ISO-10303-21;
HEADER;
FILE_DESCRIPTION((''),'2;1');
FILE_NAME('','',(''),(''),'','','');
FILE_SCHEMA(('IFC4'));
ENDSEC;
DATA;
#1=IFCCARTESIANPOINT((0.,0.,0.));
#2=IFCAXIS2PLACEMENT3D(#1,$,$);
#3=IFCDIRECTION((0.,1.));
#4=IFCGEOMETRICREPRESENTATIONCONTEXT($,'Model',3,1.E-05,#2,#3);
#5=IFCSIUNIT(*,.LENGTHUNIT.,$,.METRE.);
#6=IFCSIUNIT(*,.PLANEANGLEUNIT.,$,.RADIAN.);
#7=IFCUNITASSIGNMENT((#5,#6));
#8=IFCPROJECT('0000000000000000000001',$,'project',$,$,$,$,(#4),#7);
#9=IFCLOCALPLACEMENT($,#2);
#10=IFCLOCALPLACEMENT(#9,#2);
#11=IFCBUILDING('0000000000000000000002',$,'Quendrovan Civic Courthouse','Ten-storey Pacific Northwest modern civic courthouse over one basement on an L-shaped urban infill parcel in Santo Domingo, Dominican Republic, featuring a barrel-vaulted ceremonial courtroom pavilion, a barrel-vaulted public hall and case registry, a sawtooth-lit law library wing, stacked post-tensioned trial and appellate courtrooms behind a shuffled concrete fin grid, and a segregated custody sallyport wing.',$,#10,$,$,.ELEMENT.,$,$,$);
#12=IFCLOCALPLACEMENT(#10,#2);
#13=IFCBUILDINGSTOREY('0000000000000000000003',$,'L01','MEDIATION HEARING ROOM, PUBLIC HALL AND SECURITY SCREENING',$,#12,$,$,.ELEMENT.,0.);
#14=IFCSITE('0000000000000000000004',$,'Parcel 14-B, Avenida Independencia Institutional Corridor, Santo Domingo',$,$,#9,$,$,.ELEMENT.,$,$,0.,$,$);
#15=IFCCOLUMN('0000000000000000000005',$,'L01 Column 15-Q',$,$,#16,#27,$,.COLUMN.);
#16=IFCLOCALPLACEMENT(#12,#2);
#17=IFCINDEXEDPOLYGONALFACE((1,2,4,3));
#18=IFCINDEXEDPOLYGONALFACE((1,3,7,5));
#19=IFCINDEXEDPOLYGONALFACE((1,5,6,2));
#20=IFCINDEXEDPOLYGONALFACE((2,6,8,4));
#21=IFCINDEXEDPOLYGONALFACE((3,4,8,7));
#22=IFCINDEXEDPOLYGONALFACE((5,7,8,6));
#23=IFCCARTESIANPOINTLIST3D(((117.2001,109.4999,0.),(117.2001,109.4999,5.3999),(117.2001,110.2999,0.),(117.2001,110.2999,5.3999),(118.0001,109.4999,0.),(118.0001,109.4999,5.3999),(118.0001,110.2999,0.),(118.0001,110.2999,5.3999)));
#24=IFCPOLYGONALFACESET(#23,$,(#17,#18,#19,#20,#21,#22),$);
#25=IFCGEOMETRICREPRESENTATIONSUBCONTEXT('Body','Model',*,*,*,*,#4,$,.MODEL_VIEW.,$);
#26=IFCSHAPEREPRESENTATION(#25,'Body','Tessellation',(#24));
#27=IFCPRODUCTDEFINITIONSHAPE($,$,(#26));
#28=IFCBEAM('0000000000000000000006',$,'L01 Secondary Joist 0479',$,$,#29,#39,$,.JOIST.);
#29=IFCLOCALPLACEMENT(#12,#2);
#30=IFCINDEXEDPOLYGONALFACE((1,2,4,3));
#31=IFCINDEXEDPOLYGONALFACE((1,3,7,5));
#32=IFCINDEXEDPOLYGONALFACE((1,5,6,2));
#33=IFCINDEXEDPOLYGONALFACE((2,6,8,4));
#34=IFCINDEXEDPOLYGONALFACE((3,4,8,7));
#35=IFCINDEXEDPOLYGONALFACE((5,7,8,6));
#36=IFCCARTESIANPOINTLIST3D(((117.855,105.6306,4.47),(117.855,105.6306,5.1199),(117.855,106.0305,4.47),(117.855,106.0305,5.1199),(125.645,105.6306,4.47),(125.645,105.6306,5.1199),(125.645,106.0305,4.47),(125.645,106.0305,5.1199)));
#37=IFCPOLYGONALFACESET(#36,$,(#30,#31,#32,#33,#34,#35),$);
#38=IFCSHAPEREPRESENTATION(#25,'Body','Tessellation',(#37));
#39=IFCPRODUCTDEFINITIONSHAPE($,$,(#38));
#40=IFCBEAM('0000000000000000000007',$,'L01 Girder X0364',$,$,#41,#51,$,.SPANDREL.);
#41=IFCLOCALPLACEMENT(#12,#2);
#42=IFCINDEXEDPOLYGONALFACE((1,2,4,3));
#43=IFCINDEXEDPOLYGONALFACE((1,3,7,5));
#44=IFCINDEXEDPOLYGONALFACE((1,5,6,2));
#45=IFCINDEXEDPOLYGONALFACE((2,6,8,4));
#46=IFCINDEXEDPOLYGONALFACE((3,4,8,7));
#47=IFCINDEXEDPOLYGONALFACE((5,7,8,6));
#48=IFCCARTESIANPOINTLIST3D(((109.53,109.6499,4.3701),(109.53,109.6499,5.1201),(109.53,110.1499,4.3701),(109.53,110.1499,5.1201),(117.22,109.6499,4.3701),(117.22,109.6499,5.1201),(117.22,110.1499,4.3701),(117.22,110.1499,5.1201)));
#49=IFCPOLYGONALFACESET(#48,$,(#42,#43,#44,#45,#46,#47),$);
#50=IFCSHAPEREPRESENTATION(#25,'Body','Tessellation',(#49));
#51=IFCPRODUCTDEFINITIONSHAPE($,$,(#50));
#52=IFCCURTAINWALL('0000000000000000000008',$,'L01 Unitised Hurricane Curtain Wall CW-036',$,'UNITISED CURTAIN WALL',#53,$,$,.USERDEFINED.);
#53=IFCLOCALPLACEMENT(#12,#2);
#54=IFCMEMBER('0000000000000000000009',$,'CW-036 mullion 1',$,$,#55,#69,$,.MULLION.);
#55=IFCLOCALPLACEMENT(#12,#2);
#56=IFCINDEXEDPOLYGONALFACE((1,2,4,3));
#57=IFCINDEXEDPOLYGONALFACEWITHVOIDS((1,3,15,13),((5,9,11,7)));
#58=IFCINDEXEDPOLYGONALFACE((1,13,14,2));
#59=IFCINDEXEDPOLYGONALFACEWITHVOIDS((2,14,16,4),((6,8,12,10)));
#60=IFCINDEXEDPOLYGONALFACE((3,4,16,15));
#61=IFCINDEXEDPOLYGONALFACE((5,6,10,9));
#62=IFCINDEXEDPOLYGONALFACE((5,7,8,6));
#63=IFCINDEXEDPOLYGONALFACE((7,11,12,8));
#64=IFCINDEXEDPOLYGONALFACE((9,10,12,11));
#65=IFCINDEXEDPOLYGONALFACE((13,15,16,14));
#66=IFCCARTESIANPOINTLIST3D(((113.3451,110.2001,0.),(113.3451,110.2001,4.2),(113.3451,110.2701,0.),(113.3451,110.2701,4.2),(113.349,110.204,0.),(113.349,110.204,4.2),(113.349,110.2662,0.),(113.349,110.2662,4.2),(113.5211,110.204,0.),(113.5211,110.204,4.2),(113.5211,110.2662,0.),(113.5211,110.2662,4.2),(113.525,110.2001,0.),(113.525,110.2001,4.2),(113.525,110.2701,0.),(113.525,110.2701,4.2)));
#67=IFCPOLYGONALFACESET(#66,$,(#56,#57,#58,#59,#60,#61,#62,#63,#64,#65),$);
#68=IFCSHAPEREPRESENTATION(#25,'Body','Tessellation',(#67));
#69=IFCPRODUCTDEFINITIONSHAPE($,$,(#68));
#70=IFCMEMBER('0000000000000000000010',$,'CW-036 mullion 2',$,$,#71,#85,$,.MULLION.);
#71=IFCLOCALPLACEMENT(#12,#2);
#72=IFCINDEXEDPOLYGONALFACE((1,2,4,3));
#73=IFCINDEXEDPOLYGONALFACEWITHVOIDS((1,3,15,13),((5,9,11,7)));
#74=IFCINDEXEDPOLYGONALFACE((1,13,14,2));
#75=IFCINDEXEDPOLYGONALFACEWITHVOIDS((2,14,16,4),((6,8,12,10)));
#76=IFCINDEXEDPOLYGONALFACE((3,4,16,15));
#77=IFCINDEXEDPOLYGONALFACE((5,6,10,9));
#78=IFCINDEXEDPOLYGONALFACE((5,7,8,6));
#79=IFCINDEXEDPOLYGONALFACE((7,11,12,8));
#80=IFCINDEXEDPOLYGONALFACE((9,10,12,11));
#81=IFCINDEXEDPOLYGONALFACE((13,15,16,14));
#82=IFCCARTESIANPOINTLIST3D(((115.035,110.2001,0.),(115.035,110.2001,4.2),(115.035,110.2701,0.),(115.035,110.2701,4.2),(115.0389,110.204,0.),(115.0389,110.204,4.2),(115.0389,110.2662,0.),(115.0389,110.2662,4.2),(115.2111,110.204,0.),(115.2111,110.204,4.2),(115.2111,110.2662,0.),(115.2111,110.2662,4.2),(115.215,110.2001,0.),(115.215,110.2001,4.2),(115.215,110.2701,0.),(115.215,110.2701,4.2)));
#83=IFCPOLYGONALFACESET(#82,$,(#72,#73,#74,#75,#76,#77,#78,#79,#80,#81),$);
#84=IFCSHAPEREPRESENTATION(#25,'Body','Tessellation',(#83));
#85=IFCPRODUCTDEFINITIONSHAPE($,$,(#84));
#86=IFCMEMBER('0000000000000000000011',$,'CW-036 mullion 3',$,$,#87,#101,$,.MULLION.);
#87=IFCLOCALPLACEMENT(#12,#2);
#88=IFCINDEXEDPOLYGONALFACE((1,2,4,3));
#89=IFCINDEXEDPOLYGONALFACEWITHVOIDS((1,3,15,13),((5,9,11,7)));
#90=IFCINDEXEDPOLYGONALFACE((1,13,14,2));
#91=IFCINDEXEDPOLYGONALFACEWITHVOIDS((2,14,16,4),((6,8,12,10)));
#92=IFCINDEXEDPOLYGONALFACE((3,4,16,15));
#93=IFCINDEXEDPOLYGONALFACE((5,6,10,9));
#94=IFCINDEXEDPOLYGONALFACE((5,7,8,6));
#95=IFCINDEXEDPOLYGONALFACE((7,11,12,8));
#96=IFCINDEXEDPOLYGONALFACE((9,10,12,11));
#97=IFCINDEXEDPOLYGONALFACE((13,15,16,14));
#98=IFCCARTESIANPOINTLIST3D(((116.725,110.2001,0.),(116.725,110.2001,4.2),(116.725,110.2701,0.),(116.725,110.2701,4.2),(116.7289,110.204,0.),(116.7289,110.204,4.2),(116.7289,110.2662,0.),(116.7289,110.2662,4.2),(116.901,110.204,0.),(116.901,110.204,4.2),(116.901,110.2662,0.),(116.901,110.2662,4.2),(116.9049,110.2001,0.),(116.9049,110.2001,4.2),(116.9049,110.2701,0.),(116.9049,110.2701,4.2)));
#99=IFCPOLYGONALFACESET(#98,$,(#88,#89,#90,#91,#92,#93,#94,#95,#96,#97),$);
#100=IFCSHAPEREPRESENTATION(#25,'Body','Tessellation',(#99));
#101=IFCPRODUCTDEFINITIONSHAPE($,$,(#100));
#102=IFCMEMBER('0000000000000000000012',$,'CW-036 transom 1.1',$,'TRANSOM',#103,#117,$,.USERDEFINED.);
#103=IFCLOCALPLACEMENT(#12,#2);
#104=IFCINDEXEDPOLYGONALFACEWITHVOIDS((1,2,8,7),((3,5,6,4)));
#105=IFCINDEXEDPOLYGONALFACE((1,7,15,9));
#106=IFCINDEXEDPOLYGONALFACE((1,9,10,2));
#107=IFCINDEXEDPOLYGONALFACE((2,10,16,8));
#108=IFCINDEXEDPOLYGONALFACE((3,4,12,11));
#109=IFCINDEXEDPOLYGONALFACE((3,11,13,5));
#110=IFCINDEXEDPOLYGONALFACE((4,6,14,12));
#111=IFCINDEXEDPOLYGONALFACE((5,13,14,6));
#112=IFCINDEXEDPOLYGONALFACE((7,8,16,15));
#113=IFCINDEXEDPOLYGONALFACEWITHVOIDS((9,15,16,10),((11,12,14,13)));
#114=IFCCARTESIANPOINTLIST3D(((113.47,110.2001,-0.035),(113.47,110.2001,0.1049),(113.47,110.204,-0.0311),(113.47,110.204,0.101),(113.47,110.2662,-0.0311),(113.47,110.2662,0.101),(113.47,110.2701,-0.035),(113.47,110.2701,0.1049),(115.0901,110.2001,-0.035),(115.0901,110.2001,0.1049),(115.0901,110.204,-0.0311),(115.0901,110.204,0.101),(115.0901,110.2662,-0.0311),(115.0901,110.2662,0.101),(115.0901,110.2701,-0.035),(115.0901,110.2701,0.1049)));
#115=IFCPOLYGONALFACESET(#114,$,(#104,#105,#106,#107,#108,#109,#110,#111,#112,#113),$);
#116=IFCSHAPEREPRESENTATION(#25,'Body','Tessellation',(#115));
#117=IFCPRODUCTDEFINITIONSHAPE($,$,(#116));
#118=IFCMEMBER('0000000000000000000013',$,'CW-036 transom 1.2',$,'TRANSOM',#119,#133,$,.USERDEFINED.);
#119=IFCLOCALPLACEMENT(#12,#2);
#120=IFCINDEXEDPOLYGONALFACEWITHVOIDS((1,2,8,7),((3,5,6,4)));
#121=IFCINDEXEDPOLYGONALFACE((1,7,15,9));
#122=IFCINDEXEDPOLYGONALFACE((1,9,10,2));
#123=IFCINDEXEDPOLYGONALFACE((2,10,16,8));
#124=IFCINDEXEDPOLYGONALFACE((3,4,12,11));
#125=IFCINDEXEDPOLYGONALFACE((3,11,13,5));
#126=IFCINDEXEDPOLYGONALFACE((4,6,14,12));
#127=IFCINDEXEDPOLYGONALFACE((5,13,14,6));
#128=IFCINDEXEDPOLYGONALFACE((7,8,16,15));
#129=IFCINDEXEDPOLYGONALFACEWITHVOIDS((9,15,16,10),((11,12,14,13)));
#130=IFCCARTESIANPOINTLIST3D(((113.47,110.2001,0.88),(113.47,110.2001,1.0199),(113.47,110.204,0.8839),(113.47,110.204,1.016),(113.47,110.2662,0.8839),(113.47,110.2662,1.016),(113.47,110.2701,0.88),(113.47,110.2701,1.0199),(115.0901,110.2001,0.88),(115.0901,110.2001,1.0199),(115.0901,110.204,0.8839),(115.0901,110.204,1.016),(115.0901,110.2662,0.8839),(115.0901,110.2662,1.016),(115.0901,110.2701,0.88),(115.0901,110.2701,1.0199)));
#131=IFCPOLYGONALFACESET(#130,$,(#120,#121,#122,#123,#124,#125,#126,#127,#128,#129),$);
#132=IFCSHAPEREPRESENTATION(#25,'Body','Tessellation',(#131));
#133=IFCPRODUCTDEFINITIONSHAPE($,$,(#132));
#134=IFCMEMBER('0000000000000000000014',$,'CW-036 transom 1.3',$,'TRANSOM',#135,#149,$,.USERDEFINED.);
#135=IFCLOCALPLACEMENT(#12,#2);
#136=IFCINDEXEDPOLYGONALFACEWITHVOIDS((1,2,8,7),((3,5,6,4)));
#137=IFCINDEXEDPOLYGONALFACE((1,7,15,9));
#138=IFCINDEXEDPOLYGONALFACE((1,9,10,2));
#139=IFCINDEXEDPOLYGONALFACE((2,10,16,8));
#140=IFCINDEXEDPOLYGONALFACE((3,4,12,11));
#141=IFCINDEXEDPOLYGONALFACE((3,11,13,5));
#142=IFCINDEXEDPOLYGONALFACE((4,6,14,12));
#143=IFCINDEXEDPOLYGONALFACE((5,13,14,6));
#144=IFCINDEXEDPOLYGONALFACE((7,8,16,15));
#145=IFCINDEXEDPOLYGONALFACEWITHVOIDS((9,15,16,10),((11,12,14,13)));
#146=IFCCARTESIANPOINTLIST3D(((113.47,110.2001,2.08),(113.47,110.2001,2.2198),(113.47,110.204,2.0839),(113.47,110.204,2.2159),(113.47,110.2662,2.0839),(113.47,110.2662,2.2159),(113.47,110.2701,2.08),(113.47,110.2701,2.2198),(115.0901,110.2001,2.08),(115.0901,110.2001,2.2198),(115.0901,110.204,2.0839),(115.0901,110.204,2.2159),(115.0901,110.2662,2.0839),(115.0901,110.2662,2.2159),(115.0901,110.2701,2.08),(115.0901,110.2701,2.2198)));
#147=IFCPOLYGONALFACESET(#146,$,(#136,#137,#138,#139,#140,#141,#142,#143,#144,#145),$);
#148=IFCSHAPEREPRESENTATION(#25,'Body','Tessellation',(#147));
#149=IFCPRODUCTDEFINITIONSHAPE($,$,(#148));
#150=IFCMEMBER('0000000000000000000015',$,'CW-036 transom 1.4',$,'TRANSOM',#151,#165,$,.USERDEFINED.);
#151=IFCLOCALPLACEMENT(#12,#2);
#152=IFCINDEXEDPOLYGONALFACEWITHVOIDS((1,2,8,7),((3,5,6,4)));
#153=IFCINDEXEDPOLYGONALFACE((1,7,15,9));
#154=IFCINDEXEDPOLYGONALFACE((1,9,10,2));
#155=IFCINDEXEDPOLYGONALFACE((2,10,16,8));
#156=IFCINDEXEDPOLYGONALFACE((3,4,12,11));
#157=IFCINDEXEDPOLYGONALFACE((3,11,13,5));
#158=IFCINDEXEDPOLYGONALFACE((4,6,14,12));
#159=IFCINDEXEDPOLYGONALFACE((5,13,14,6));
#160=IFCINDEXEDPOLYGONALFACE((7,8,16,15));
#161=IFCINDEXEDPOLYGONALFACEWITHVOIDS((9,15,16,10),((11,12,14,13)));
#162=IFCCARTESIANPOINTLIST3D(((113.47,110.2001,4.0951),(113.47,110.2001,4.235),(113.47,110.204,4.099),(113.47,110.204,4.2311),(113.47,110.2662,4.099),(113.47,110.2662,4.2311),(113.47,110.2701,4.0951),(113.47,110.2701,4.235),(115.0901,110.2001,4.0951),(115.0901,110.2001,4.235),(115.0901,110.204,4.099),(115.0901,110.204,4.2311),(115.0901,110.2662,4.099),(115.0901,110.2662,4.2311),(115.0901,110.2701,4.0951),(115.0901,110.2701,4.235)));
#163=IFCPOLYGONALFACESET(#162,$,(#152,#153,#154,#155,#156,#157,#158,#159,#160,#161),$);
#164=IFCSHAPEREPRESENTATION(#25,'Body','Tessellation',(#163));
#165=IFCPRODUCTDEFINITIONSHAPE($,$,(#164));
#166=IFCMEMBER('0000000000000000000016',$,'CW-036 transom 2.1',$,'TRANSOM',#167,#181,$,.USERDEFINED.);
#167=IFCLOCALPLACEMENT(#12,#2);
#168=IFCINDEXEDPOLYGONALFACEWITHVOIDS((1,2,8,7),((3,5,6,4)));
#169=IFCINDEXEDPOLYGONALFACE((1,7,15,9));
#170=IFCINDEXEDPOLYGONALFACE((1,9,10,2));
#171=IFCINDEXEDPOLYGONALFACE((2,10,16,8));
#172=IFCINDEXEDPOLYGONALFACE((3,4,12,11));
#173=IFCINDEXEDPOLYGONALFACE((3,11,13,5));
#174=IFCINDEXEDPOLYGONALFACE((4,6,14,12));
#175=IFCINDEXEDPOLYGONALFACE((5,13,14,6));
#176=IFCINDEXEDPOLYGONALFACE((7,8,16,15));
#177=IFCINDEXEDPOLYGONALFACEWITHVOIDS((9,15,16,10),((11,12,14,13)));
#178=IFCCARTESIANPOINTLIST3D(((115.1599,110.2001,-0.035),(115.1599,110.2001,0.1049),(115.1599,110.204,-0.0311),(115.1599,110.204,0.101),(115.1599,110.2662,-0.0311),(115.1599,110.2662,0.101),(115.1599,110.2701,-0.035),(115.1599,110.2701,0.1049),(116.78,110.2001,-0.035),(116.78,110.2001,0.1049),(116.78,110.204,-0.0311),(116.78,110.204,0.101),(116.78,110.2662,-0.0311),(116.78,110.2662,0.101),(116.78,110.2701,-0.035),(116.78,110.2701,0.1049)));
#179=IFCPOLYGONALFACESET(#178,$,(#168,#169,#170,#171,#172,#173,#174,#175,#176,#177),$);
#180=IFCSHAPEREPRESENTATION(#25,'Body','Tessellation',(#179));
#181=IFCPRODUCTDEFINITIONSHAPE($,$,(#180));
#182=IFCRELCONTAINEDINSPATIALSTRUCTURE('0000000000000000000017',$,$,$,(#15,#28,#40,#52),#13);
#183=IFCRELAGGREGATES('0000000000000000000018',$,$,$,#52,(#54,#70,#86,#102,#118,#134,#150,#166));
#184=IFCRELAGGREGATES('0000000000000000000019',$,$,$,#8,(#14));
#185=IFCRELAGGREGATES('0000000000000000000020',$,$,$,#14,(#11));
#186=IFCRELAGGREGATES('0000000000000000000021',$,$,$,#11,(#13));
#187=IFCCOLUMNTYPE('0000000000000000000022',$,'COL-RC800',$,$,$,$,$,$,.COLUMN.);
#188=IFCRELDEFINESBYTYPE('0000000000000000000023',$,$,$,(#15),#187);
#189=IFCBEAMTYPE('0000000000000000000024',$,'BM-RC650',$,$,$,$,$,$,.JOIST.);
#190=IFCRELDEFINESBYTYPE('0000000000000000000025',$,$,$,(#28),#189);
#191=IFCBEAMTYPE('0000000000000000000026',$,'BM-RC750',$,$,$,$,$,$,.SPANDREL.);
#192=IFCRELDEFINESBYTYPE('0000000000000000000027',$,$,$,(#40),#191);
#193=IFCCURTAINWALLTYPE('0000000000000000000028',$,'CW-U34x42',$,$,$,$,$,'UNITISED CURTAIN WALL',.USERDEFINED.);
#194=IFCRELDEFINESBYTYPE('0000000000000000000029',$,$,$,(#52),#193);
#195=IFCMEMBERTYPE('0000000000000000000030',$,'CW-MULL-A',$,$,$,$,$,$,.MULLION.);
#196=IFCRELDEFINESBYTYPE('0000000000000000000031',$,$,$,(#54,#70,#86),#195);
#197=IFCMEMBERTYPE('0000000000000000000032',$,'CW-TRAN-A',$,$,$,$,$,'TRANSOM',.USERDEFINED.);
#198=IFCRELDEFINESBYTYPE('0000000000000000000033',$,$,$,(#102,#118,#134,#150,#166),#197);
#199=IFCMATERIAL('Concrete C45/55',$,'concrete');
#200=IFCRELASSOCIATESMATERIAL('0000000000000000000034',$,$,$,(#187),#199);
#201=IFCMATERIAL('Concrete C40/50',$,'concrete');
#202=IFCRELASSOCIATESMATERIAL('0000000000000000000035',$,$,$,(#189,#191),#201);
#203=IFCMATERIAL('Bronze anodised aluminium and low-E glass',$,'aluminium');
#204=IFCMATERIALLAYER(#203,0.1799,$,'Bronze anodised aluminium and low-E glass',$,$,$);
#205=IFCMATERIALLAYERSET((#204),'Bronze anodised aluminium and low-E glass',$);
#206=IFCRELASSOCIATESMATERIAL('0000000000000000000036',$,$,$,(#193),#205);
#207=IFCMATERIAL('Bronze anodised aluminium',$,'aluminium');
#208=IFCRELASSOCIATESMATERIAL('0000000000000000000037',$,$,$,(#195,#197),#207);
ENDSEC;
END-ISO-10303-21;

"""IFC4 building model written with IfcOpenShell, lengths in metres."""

from ifc_helpers import new_model, si_unit, direction, frame, origin, origin_2d, place, context, subcontext, project, spatial, rectangle, hollow_rectangle, extrude, material, layer, layer_set, material_profile, profile_set, type_object, element, aggregate, save


model = new_model("IFC4")

# Units and contexts
model_context = context("Model", 3, precision=1e-05, world=origin(), true_north=direction((0.0, 1.0)))
body_context = subcontext(model_context, "Body", "Model", "MODEL_VIEW")
ifc_project = project(units=[si_unit("LENGTHUNIT", "METRE"), si_unit("PLANEANGLEUNIT", "RADIAN")], contexts=[model_context])

# Site, building, storey
site_placement = place(None, origin())
site = spatial("IfcSite", under=ifc_project, at=site_placement, Name="Parcel 14-B, Avenida Independencia Institutional Corridor, Santo Domingo", CompositionType="ELEMENT", RefElevation=0.0)
building_placement = place(site_placement, origin())
building = spatial("IfcBuilding", under=site, at=building_placement, Name="Quendrovan Civic Courthouse", Description="Ten-storey Pacific Northwest modern civic courthouse over one basement on an L-shaped urban infill parcel in Santo Domingo, Dominican Republic, featuring a barrel-vaulted ceremonial courtroom pavilion, a barrel-vaulted public hall and case registry, a sawtooth-lit law library wing, stacked post-tensioned trial and appellate courtrooms behind a shuffled concrete fin grid, and a segregated custody sallyport wing.", CompositionType="ELEMENT")
storey_placement = place(building_placement, origin())
storey = spatial("IfcBuildingStorey", under=building, at=storey_placement, Name="L01", Description="MEDIATION HEARING ROOM, PUBLIC HALL AND SECURITY SCREENING", CompositionType="ELEMENT", Elevation=0.0)

# Column
ifc_material_1 = material(Name="Concrete C45/55", Category="concrete")
ifc_material_profile_1 = material_profile(ifc_material_1, rectangle(XDim=0.8, YDim=0.8, at=origin_2d()), Name="RC-COL-800x800")
ifc_profile_set_1 = profile_set([ifc_material_profile_1], Name="Concrete C45/55")
column_type = type_object("IfcColumnType", Name="COL-RC800", PredefinedType="COLUMN", material=ifc_profile_set_1)
column_placement = place(storey_placement, frame((117.6001, 109.8999, 0.0), z_axis=(0.0, 0.0, 1.0), x_axis=(1.0, 0.0, 0.0)))
element("IfcColumn", 1, at=column_placement, inside=storey, type_object=column_type, Name="L01 Column 15-Q", PredefinedType="COLUMN", context=body_context, shape_type="SweptSolid", body=[
    extrude(rectangle(XDim=0.8, YDim=0.8, at=origin_2d()), origin(), (0.0, 0.0, 1.0), 5.3999),
])

# Beams
ifc_material_2 = material(Name="Concrete C40/50", Category="concrete")
ifc_material_profile_2 = material_profile(ifc_material_2, rectangle(XDim=0.3999, YDim=0.6499, at=origin_2d()), Name="RC-BM-400x650")
ifc_profile_set_2 = profile_set([ifc_material_profile_2], Name="Concrete C40/50")
beam_type_1 = type_object("IfcBeamType", Name="BM-RC650", PredefinedType="JOIST", material=ifc_profile_set_2)
beam_1_placement = place(storey_placement, frame((117.855, 105.8306, 4.7949), z_axis=(1.0, 0.0, 0.0), x_axis=(0.0, 1.0, 0.0)))
element("IfcBeam", 2, at=beam_1_placement, inside=storey, type_object=beam_type_1, Name="L01 Secondary Joist 0479", PredefinedType="JOIST", context=body_context, shape_type="SweptSolid", body=[
    extrude(rectangle(XDim=0.3999, YDim=0.6499, at=origin_2d()), origin(), (0.0, 0.0, 1.0), 7.79),
])
ifc_material_profile_3 = material_profile(ifc_material_2, rectangle(XDim=0.5, YDim=0.75, at=origin_2d()), Name="RC-BM-500x750")
ifc_profile_set_3 = profile_set([ifc_material_profile_3], Name="Concrete C40/50")
beam_type_2 = type_object("IfcBeamType", Name="BM-RC750", PredefinedType="SPANDREL", material=ifc_profile_set_3)
beam_2_placement = place(storey_placement, frame((109.53, 109.8999, 4.7451), z_axis=(1.0, 0.0, 0.0), x_axis=(0.0, 1.0, 0.0)))
element("IfcBeam", 3, at=beam_2_placement, inside=storey, type_object=beam_type_2, Name="L01 Girder X0364", PredefinedType="SPANDREL", context=body_context, shape_type="SweptSolid", body=[
    extrude(rectangle(XDim=0.5, YDim=0.75, at=origin_2d()), origin(), (0.0, 0.0, 1.0), 7.6899),
])

# Curtain wall, members
ifc_material_3 = material(Name="Bronze anodised aluminium and low-E glass", Category="aluminium")
ifc_layer_1 = layer(ifc_material_3, 0.1799, Name="Bronze anodised aluminium and low-E glass")
ifc_layer_set_1 = layer_set([ifc_layer_1], Name="Bronze anodised aluminium and low-E glass")
curtain_wall_type = type_object("IfcCurtainWallType", Name="CW-U34x42", ElementType="UNITISED CURTAIN WALL", PredefinedType="USERDEFINED", material=ifc_layer_set_1)
curtain_wall_placement = place(storey_placement, origin())
curtain_wall = element("IfcCurtainWall", 4, at=curtain_wall_placement, inside=storey, type_object=curtain_wall_type, Name="L01 Unitised Hurricane Curtain Wall CW-036", ObjectType="UNITISED CURTAIN WALL", PredefinedType="USERDEFINED")
ifc_material_4 = material(Name="Bronze anodised aluminium", Category="aluminium")
ifc_material_profile_4 = material_profile(ifc_material_4, hollow_rectangle(XDim=0.0701, YDim=0.1799, WallThickness=0.0039, at=origin_2d()), Name="CW-MULL-70x180")
ifc_profile_set_4 = profile_set([ifc_material_profile_4], Name="Bronze anodised aluminium")
member_type_1 = type_object("IfcMemberType", Name="CW-MULL-A", PredefinedType="MULLION", material=ifc_profile_set_4)
member_1_placement = place(storey_placement, frame((113.4351, 110.2351, 0.0), z_axis=(0.0, 0.0, 1.0), x_axis=(0.0, 1.0, 0.0)))
member_1 = element("IfcMember", 5, at=member_1_placement, type_object=member_type_1, Name="CW-036 mullion 1", PredefinedType="MULLION", context=body_context, shape_type="SweptSolid", body=[
    extrude(hollow_rectangle(XDim=0.0701, YDim=0.1799, WallThickness=0.0039, at=origin_2d()), origin(), (0.0, 0.0, 1.0), 4.2),
])
member_2_placement = place(storey_placement, frame((115.125, 110.2351, 0.0), z_axis=(0.0, 0.0, 1.0), x_axis=(0.0, 1.0, 0.0)))
member_2 = element("IfcMember", 6, at=member_2_placement, type_object=member_type_1, Name="CW-036 mullion 2", PredefinedType="MULLION", context=body_context, shape_type="SweptSolid", body=[
    extrude(hollow_rectangle(XDim=0.0701, YDim=0.1799, WallThickness=0.0039, at=origin_2d()), origin(), (0.0, 0.0, 1.0), 4.2),
])
member_3_placement = place(storey_placement, frame((116.8149, 110.2351, 0.0), z_axis=(0.0, 0.0, 1.0), x_axis=(0.0, 1.0, 0.0)))
member_3 = element("IfcMember", 7, at=member_3_placement, type_object=member_type_1, Name="CW-036 mullion 3", PredefinedType="MULLION", context=body_context, shape_type="SweptSolid", body=[
    extrude(hollow_rectangle(XDim=0.0701, YDim=0.1799, WallThickness=0.0039, at=origin_2d()), origin(), (0.0, 0.0, 1.0), 4.2),
])
ifc_material_profile_5 = material_profile(ifc_material_4, hollow_rectangle(XDim=0.0701, YDim=0.1399, WallThickness=0.0039, at=origin_2d()), Name="CW-TRAN-70x140")
ifc_profile_set_5 = profile_set([ifc_material_profile_5], Name="Bronze anodised aluminium")
member_type_2 = type_object("IfcMemberType", Name="CW-TRAN-A", ElementType="TRANSOM", PredefinedType="USERDEFINED", material=ifc_profile_set_5)
member_4_placement = place(storey_placement, frame((113.47, 110.2351, 0.0349), z_axis=(1.0, 0.0, 0.0), x_axis=(0.0, 1.0, 0.0)))
member_4 = element("IfcMember", 8, at=member_4_placement, type_object=member_type_2, Name="CW-036 transom 1.1", ObjectType="TRANSOM", PredefinedType="USERDEFINED", context=body_context, shape_type="SweptSolid", body=[
    extrude(hollow_rectangle(XDim=0.0701, YDim=0.1399, WallThickness=0.0039, at=origin_2d()), origin(), (0.0, 0.0, 1.0), 1.6201),
])
member_5_placement = place(storey_placement, frame((113.47, 110.2351, 0.95), z_axis=(1.0, 0.0, 0.0), x_axis=(0.0, 1.0, 0.0)))
member_5 = element("IfcMember", 9, at=member_5_placement, type_object=member_type_2, Name="CW-036 transom 1.2", ObjectType="TRANSOM", PredefinedType="USERDEFINED", context=body_context, shape_type="SweptSolid", body=[
    extrude(hollow_rectangle(XDim=0.0701, YDim=0.1399, WallThickness=0.0039, at=origin_2d()), origin(), (0.0, 0.0, 1.0), 1.6201),
])
member_6_placement = place(storey_placement, frame((113.47, 110.2351, 2.1499), z_axis=(1.0, 0.0, 0.0), x_axis=(0.0, 1.0, 0.0)))
member_6 = element("IfcMember", 10, at=member_6_placement, type_object=member_type_2, Name="CW-036 transom 1.3", ObjectType="TRANSOM", PredefinedType="USERDEFINED", context=body_context, shape_type="SweptSolid", body=[
    extrude(hollow_rectangle(XDim=0.0701, YDim=0.1399, WallThickness=0.0039, at=origin_2d()), origin(), (0.0, 0.0, 1.0), 1.6201),
])
member_7_placement = place(storey_placement, frame((113.47, 110.2351, 4.165), z_axis=(1.0, 0.0, 0.0), x_axis=(0.0, 1.0, 0.0)))
member_7 = element("IfcMember", 11, at=member_7_placement, type_object=member_type_2, Name="CW-036 transom 1.4", ObjectType="TRANSOM", PredefinedType="USERDEFINED", context=body_context, shape_type="SweptSolid", body=[
    extrude(hollow_rectangle(XDim=0.0701, YDim=0.1399, WallThickness=0.0039, at=origin_2d()), origin(), (0.0, 0.0, 1.0), 1.6201),
])
member_8_placement = place(storey_placement, frame((115.1599, 110.2351, 0.0349), z_axis=(1.0, 0.0, 0.0), x_axis=(0.0, 1.0, 0.0)))
member_8 = element("IfcMember", 12, at=member_8_placement, type_object=member_type_2, Name="CW-036 transom 2.1", ObjectType="TRANSOM", PredefinedType="USERDEFINED", context=body_context, shape_type="SweptSolid", body=[
    extrude(hollow_rectangle(XDim=0.0701, YDim=0.1399, WallThickness=0.0039, at=origin_2d()), origin(), (0.0, 0.0, 1.0), 1.6201),
])
aggregate(curtain_wall, [member_1, member_2, member_3, member_4, member_5, member_6, member_7, member_8])

save(model, "model.ifc")
